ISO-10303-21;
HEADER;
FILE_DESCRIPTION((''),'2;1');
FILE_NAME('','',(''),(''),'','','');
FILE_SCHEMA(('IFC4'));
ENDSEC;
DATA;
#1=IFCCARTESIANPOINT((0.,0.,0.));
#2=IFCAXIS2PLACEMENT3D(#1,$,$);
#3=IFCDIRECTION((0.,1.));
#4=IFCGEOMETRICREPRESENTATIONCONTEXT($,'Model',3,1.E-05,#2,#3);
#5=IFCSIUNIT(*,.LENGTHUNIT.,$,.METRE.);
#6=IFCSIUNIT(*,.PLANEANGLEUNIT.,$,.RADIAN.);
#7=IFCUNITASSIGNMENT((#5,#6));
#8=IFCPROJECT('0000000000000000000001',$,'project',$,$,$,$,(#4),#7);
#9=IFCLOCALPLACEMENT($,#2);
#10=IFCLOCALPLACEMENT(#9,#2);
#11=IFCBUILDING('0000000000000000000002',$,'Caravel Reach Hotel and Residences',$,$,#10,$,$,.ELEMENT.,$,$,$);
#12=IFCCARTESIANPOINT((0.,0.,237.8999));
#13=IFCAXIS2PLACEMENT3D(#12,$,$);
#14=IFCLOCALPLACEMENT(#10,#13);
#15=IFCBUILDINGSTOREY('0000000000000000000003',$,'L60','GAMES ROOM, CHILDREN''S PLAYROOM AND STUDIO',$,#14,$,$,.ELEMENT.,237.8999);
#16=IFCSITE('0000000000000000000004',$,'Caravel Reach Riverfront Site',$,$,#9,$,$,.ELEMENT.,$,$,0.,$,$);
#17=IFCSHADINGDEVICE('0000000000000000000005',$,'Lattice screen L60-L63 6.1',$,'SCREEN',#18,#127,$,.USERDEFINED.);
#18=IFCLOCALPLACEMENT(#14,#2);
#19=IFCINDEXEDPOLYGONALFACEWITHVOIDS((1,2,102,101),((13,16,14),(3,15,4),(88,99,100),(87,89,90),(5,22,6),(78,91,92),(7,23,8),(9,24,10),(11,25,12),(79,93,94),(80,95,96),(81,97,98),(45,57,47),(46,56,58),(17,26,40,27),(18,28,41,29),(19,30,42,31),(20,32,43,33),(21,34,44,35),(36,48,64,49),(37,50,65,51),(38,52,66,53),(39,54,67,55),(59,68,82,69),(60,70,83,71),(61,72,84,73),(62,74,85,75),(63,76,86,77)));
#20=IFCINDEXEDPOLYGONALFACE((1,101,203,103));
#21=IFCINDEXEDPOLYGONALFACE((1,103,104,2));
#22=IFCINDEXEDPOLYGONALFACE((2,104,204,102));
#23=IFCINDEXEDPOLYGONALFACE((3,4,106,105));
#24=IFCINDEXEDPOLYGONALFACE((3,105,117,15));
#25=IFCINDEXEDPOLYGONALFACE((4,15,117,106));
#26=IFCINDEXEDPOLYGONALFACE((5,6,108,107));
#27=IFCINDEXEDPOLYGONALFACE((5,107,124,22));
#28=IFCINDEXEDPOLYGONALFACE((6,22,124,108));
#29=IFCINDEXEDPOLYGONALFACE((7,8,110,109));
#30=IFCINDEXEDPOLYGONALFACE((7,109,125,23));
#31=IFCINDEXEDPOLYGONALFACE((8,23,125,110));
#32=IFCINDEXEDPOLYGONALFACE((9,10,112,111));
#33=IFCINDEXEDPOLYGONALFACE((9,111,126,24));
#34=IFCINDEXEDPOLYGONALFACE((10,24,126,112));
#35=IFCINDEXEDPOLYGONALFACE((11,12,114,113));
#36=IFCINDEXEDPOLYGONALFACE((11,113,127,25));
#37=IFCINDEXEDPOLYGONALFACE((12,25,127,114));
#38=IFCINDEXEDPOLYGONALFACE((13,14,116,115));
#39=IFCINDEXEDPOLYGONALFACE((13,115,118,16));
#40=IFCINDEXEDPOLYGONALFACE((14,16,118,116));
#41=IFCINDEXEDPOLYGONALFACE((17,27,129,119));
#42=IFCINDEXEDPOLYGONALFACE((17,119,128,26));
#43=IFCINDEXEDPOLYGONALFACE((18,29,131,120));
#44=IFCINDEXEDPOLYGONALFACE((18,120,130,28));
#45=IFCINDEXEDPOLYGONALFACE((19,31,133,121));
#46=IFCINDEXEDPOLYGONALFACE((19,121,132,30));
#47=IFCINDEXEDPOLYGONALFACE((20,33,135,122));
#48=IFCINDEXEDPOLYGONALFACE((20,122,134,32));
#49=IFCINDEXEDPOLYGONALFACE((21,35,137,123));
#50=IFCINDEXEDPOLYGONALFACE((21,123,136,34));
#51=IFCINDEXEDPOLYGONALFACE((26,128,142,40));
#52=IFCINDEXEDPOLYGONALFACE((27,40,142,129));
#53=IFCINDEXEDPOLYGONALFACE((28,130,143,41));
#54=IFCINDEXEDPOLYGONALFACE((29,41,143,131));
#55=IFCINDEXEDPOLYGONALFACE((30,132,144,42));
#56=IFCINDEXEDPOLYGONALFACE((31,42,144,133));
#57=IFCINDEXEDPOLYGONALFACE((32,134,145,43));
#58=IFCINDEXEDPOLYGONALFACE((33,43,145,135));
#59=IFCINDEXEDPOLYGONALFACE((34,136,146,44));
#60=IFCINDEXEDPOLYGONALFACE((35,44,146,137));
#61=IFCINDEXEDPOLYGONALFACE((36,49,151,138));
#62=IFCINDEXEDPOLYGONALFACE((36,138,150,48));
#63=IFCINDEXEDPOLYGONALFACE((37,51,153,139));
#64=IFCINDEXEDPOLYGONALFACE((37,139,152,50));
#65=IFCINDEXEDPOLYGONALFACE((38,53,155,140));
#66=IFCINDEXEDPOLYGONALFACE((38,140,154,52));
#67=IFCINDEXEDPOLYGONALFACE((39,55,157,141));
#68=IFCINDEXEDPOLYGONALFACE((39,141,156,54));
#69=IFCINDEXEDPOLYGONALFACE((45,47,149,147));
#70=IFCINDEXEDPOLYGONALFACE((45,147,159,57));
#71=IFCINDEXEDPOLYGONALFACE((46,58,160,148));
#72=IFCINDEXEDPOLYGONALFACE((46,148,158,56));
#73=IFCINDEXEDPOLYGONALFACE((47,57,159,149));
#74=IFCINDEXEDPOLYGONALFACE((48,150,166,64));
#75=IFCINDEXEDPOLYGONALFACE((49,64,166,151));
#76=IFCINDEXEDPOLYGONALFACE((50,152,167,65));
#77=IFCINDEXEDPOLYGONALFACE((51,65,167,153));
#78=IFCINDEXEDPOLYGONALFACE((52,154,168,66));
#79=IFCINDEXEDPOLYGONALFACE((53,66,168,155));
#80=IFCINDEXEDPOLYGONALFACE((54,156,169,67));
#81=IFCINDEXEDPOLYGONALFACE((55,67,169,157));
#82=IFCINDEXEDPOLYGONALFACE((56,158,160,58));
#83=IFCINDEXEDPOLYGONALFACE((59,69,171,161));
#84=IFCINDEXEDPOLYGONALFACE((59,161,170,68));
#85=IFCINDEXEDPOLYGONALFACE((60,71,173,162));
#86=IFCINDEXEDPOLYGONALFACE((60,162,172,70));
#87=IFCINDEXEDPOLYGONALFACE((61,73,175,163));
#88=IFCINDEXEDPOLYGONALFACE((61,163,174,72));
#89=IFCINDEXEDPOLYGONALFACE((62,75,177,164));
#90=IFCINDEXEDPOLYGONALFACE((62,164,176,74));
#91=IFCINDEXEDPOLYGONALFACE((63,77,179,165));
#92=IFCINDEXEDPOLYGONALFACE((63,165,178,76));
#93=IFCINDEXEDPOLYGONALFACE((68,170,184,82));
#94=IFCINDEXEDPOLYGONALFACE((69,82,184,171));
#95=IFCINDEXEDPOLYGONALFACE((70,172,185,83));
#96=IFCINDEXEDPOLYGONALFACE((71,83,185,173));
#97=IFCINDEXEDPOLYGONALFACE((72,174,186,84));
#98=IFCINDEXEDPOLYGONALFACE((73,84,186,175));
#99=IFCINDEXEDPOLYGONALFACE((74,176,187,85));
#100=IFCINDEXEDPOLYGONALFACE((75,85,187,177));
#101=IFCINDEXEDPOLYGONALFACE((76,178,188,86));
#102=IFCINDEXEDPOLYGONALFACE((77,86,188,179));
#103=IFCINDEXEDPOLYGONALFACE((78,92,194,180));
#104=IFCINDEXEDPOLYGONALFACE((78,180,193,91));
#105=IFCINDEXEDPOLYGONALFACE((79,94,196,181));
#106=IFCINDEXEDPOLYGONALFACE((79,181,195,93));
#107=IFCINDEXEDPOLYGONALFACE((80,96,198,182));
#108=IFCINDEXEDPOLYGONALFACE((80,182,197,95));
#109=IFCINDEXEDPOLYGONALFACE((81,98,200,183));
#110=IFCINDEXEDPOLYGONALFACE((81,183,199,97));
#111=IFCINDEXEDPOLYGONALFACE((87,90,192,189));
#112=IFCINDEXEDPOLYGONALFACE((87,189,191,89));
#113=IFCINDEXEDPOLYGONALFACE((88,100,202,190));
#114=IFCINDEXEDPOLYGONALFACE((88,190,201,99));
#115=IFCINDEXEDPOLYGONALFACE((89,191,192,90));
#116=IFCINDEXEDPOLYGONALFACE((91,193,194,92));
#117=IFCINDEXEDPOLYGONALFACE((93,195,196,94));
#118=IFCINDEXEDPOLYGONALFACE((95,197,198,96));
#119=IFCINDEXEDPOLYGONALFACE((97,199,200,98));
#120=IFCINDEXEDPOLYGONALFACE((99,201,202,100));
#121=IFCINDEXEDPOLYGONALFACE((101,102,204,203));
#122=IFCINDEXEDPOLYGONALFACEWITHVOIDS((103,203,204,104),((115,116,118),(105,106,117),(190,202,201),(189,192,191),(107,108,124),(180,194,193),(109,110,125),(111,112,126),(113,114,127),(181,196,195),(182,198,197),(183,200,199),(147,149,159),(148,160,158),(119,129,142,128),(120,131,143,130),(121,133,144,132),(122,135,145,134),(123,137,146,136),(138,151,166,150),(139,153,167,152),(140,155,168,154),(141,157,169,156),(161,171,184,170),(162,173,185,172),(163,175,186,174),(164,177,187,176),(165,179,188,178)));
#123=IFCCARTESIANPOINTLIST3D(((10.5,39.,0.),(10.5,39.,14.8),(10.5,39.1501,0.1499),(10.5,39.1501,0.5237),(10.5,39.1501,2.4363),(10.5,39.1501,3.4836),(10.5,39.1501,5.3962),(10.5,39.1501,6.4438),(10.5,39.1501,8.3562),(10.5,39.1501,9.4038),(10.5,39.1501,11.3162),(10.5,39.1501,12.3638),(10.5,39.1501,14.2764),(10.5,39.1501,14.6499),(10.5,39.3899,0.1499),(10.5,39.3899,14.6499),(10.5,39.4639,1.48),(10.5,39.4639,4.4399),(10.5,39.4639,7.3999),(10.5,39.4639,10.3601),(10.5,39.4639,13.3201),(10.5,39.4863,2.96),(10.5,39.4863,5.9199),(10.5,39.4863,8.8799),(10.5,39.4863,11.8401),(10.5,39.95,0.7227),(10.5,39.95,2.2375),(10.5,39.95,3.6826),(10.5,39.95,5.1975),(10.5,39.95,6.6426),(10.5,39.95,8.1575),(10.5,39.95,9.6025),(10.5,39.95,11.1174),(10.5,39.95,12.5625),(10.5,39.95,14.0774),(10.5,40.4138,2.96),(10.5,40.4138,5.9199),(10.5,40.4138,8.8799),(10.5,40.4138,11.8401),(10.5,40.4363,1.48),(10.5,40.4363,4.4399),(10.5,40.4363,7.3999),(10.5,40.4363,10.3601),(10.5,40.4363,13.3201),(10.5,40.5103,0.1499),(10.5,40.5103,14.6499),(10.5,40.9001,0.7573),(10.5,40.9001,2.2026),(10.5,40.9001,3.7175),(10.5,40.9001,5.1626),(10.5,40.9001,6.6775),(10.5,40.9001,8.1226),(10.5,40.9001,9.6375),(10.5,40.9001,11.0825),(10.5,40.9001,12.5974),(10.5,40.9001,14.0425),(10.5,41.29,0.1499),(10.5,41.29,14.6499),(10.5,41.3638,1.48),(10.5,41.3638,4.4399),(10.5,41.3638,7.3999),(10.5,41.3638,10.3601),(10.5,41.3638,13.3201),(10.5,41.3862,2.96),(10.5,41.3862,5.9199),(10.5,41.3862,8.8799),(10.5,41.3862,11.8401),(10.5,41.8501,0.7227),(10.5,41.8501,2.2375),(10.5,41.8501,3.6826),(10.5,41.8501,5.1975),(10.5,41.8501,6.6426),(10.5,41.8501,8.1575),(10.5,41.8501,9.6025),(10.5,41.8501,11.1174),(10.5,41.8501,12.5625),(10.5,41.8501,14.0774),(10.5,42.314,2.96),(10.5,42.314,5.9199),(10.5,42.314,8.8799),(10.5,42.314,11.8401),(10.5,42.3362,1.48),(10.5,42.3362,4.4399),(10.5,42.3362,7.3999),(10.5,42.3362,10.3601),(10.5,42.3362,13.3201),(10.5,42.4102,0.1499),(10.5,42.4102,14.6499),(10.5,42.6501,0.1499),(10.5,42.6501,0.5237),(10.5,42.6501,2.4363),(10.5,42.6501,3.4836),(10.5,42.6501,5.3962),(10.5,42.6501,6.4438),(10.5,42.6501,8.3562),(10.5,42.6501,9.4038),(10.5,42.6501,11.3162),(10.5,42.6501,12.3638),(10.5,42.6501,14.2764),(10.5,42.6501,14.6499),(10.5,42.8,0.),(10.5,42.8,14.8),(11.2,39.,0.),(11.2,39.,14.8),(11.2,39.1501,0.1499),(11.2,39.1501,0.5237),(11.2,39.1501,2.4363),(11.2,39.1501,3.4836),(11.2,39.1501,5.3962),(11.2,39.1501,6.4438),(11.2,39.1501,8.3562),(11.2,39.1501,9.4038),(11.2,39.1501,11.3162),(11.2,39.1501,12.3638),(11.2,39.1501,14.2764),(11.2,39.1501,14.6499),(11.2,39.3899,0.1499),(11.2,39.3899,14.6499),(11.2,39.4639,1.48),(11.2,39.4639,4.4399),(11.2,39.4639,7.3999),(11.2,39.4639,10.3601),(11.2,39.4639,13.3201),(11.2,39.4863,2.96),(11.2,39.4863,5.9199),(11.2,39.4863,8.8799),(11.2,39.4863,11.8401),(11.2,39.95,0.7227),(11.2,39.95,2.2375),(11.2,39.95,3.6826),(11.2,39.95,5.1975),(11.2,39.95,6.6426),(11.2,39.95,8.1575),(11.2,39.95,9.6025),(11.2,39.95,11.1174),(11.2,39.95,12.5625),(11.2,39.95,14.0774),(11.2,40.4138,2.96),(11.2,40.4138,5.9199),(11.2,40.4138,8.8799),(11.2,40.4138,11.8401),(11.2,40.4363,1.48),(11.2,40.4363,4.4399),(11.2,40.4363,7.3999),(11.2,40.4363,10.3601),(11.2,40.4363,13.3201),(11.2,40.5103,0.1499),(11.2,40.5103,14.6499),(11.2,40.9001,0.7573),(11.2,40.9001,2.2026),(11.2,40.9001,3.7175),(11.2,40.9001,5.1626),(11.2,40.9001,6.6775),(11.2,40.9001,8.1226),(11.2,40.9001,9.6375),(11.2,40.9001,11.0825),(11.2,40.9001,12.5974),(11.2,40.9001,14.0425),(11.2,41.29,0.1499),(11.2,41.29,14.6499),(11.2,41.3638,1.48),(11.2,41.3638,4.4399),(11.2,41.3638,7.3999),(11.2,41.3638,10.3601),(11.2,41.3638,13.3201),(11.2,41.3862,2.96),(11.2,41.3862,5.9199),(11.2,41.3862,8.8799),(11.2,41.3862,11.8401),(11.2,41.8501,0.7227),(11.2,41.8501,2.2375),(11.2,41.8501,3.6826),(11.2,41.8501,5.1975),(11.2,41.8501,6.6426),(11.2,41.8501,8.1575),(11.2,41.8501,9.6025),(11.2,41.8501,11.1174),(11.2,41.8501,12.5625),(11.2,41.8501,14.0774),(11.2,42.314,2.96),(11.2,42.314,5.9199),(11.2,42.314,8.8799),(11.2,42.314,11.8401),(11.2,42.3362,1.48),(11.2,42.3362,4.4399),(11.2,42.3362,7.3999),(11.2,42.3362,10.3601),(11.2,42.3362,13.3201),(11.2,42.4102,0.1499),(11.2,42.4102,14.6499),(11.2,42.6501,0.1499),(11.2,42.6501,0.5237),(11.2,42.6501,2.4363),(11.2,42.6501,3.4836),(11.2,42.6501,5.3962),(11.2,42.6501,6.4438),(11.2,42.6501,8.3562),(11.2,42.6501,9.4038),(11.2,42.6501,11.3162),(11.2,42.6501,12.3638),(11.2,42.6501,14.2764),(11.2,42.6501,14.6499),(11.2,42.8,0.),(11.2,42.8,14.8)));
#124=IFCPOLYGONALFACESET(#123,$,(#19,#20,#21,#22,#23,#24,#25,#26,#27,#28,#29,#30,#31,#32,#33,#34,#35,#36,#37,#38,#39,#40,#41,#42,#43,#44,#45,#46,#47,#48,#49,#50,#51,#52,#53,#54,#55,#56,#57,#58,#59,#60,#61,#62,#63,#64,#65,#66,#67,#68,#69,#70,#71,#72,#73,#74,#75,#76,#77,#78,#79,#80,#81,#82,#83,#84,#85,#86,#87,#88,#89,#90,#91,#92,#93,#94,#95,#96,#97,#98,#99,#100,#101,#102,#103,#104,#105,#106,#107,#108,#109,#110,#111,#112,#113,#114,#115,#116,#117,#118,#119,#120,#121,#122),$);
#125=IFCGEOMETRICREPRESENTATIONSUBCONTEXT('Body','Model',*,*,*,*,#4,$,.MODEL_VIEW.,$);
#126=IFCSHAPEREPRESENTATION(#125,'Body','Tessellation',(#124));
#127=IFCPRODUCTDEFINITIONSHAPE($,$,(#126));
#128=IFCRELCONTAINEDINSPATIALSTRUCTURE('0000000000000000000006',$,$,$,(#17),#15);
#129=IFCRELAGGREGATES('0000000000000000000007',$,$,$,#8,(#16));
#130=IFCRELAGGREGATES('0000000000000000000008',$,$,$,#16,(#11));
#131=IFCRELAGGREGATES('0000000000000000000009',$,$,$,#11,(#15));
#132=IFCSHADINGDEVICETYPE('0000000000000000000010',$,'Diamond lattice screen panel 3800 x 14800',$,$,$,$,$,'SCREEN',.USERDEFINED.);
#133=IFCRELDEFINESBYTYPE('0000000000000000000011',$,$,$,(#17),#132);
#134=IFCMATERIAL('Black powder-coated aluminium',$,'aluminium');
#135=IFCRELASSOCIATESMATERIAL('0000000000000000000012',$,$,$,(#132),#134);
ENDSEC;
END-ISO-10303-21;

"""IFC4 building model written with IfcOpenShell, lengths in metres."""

from ifc_helpers import new_model, si_unit, direction, frame, origin, place, context, subcontext, project, spatial, polyline, outline, extrude, material, type_object, element, save


model = new_model("IFC4")

# Units and contexts
model_context = context("Model", 3, precision=1e-05, world=origin(), true_north=direction((0.0, 1.0)))
body_context = subcontext(model_context, "Body", "Model", "MODEL_VIEW")
ifc_project = project(units=[si_unit("LENGTHUNIT", "METRE"), si_unit("PLANEANGLEUNIT", "RADIAN")], contexts=[model_context])

# Site, building, storey
site_placement = place(None, origin())
site = spatial("IfcSite", under=ifc_project, at=site_placement, Name="Caravel Reach Riverfront Site", CompositionType="ELEMENT", RefElevation=0.0)
building_placement = place(site_placement, origin())
building = spatial("IfcBuilding", under=site, at=building_placement, Name="Caravel Reach Hotel and Residences", CompositionType="ELEMENT")
storey_placement = place(building_placement, frame((0.0, 0.0, 237.8999)))
storey = spatial("IfcBuildingStorey", under=building, at=storey_placement, Name="L60", Description="GAMES ROOM, CHILDREN'S PLAYROOM AND STUDIO", CompositionType="ELEMENT", Elevation=237.8999)

# Shading device
ifc_material_1 = material(Name="Black powder-coated aluminium", Category="aluminium")
shading_device_type_1 = type_object("IfcShadingDeviceType", Name="Diamond lattice screen panel 3800 x 14800", ElementType="SCREEN", PredefinedType="USERDEFINED", material=ifc_material_1)
shading_device_1_placement = place(storey_placement, frame((11.2, 42.8, 0.0), z_axis=(-1.0, 0.0, 0.0), x_axis=(0.0, -1.0, 0.0)))
element("IfcShadingDevice", 1, at=shading_device_1_placement, inside=storey, type_object=shading_device_type_1, Name="Lattice screen L60-L63 6.1", ObjectType="SCREEN", PredefinedType="USERDEFINED", context=body_context, shape_type="SweptSolid", body=[
    extrude(outline(polyline([(0.0, 0.0), (3.8, 0.0), (3.8, 14.8), (0.0, 14.8), (0.0, 0.0)]), holes=[polyline([(0.3899, 0.1499), (0.1499, 0.5237), (0.1499, 0.1499), (0.3899, 0.1499)]), polyline([(0.4861, 2.96), (0.1499, 3.4836), (0.1499, 2.4363), (0.4861, 2.96)]), polyline([(0.4861, 5.9199), (0.1499, 6.4438), (0.1499, 5.3962), (0.4861, 5.9199)]), polyline([(0.4861, 8.8799), (0.1499, 9.4038), (0.1499, 8.3562), (0.4861, 8.8799)]), polyline([(0.4861, 11.8401), (0.1499, 12.3638), (0.1499, 11.3162), (0.4861, 11.8401)]), polyline([(0.1499, 14.2764), (0.3899, 14.6499), (0.1499, 14.6499), (0.1499, 14.2764)]), polyline([(0.95, 2.2375), (0.4639, 1.48), (0.95, 0.7227), (1.4363, 1.48), (0.95, 2.2375)]), polyline([(0.95, 5.1975), (0.4639, 4.4399), (0.95, 3.6826), (1.4363, 4.4399), (0.95, 5.1975)]), polyline([(0.95, 8.1575), (0.4639, 7.3999), (0.95, 6.6426), (1.4363, 7.3999), (0.95, 8.1575)]), polyline([(0.95, 11.1174), (0.4639, 10.3601), (0.95, 9.6025), (1.4363, 10.3601), (0.95, 11.1174)]), polyline([(0.95, 14.0774), (0.4639, 13.3201), (0.95, 12.5625), (1.4363, 13.3201), (0.95, 14.0774)]), polyline([(1.8999, 0.7573), (1.51, 0.1499), (2.2898, 0.1499), (1.8999, 0.7573)]), polyline([(1.8999, 3.7175), (1.4138, 2.96), (1.8999, 2.2026), (2.3862, 2.96), (1.8999, 3.7175)]), polyline([(1.8999, 6.6775), (1.4138, 5.9199), (1.8999, 5.1626), (2.3862, 5.9199), (1.8999, 6.6775)]), polyline([(1.8999, 9.6375), (1.4138, 8.8799), (1.8999, 8.1226), (2.3862, 8.8799), (1.8999, 9.6375)]), polyline([(1.8999, 12.5974), (1.4138, 11.8401), (1.8999, 11.0825), (2.3862, 11.8401), (1.8999, 12.5974)]), polyline([(1.8999, 14.0425), (2.2898, 14.6499), (1.51, 14.6499), (1.8999, 14.0425)]), polyline([(2.8501, 2.2375), (2.3638, 1.48), (2.8501, 0.7227), (3.3362, 1.48), (2.8501, 2.2375)]), polyline([(2.8501, 5.1975), (2.3638, 4.4399), (2.8501, 3.6826), (3.3362, 4.4399), (2.8501, 5.1975)]), polyline([(2.8501, 8.1575), (2.3638, 7.3999), (2.8501, 6.6426), (3.3362, 7.3999), (2.8501, 8.1575)]), polyline([(2.8501, 11.1174), (2.3638, 10.3601), (2.8501, 9.6025), (3.3362, 10.3601), (2.8501, 11.1174)]), polyline([(2.8501, 14.0774), (2.3638, 13.3201), (2.8501, 12.5625), (3.3362, 13.3201), (2.8501, 14.0774)]), polyline([(3.6499, 0.5237), (3.4102, 0.1499), (3.6499, 0.1499), (3.6499, 0.5237)]), polyline([(3.3137, 2.96), (3.6499, 2.4363), (3.6499, 3.4836), (3.3137, 2.96)]), polyline([(3.3137, 5.9199), (3.6499, 5.3962), (3.6499, 6.4438), (3.3137, 5.9199)]), polyline([(3.3137, 8.8799), (3.6499, 8.3562), (3.6499, 9.4038), (3.3137, 8.8799)]), polyline([(3.3137, 11.8401), (3.6499, 11.3162), (3.6499, 12.3638), (3.3137, 11.8401)]), polyline([(3.4102, 14.6499), (3.6499, 14.2764), (3.6499, 14.6499), (3.4102, 14.6499)])]), origin(), (0.0, 0.0, 1.0), 0.7),
])

save(model, "model.ifc")
